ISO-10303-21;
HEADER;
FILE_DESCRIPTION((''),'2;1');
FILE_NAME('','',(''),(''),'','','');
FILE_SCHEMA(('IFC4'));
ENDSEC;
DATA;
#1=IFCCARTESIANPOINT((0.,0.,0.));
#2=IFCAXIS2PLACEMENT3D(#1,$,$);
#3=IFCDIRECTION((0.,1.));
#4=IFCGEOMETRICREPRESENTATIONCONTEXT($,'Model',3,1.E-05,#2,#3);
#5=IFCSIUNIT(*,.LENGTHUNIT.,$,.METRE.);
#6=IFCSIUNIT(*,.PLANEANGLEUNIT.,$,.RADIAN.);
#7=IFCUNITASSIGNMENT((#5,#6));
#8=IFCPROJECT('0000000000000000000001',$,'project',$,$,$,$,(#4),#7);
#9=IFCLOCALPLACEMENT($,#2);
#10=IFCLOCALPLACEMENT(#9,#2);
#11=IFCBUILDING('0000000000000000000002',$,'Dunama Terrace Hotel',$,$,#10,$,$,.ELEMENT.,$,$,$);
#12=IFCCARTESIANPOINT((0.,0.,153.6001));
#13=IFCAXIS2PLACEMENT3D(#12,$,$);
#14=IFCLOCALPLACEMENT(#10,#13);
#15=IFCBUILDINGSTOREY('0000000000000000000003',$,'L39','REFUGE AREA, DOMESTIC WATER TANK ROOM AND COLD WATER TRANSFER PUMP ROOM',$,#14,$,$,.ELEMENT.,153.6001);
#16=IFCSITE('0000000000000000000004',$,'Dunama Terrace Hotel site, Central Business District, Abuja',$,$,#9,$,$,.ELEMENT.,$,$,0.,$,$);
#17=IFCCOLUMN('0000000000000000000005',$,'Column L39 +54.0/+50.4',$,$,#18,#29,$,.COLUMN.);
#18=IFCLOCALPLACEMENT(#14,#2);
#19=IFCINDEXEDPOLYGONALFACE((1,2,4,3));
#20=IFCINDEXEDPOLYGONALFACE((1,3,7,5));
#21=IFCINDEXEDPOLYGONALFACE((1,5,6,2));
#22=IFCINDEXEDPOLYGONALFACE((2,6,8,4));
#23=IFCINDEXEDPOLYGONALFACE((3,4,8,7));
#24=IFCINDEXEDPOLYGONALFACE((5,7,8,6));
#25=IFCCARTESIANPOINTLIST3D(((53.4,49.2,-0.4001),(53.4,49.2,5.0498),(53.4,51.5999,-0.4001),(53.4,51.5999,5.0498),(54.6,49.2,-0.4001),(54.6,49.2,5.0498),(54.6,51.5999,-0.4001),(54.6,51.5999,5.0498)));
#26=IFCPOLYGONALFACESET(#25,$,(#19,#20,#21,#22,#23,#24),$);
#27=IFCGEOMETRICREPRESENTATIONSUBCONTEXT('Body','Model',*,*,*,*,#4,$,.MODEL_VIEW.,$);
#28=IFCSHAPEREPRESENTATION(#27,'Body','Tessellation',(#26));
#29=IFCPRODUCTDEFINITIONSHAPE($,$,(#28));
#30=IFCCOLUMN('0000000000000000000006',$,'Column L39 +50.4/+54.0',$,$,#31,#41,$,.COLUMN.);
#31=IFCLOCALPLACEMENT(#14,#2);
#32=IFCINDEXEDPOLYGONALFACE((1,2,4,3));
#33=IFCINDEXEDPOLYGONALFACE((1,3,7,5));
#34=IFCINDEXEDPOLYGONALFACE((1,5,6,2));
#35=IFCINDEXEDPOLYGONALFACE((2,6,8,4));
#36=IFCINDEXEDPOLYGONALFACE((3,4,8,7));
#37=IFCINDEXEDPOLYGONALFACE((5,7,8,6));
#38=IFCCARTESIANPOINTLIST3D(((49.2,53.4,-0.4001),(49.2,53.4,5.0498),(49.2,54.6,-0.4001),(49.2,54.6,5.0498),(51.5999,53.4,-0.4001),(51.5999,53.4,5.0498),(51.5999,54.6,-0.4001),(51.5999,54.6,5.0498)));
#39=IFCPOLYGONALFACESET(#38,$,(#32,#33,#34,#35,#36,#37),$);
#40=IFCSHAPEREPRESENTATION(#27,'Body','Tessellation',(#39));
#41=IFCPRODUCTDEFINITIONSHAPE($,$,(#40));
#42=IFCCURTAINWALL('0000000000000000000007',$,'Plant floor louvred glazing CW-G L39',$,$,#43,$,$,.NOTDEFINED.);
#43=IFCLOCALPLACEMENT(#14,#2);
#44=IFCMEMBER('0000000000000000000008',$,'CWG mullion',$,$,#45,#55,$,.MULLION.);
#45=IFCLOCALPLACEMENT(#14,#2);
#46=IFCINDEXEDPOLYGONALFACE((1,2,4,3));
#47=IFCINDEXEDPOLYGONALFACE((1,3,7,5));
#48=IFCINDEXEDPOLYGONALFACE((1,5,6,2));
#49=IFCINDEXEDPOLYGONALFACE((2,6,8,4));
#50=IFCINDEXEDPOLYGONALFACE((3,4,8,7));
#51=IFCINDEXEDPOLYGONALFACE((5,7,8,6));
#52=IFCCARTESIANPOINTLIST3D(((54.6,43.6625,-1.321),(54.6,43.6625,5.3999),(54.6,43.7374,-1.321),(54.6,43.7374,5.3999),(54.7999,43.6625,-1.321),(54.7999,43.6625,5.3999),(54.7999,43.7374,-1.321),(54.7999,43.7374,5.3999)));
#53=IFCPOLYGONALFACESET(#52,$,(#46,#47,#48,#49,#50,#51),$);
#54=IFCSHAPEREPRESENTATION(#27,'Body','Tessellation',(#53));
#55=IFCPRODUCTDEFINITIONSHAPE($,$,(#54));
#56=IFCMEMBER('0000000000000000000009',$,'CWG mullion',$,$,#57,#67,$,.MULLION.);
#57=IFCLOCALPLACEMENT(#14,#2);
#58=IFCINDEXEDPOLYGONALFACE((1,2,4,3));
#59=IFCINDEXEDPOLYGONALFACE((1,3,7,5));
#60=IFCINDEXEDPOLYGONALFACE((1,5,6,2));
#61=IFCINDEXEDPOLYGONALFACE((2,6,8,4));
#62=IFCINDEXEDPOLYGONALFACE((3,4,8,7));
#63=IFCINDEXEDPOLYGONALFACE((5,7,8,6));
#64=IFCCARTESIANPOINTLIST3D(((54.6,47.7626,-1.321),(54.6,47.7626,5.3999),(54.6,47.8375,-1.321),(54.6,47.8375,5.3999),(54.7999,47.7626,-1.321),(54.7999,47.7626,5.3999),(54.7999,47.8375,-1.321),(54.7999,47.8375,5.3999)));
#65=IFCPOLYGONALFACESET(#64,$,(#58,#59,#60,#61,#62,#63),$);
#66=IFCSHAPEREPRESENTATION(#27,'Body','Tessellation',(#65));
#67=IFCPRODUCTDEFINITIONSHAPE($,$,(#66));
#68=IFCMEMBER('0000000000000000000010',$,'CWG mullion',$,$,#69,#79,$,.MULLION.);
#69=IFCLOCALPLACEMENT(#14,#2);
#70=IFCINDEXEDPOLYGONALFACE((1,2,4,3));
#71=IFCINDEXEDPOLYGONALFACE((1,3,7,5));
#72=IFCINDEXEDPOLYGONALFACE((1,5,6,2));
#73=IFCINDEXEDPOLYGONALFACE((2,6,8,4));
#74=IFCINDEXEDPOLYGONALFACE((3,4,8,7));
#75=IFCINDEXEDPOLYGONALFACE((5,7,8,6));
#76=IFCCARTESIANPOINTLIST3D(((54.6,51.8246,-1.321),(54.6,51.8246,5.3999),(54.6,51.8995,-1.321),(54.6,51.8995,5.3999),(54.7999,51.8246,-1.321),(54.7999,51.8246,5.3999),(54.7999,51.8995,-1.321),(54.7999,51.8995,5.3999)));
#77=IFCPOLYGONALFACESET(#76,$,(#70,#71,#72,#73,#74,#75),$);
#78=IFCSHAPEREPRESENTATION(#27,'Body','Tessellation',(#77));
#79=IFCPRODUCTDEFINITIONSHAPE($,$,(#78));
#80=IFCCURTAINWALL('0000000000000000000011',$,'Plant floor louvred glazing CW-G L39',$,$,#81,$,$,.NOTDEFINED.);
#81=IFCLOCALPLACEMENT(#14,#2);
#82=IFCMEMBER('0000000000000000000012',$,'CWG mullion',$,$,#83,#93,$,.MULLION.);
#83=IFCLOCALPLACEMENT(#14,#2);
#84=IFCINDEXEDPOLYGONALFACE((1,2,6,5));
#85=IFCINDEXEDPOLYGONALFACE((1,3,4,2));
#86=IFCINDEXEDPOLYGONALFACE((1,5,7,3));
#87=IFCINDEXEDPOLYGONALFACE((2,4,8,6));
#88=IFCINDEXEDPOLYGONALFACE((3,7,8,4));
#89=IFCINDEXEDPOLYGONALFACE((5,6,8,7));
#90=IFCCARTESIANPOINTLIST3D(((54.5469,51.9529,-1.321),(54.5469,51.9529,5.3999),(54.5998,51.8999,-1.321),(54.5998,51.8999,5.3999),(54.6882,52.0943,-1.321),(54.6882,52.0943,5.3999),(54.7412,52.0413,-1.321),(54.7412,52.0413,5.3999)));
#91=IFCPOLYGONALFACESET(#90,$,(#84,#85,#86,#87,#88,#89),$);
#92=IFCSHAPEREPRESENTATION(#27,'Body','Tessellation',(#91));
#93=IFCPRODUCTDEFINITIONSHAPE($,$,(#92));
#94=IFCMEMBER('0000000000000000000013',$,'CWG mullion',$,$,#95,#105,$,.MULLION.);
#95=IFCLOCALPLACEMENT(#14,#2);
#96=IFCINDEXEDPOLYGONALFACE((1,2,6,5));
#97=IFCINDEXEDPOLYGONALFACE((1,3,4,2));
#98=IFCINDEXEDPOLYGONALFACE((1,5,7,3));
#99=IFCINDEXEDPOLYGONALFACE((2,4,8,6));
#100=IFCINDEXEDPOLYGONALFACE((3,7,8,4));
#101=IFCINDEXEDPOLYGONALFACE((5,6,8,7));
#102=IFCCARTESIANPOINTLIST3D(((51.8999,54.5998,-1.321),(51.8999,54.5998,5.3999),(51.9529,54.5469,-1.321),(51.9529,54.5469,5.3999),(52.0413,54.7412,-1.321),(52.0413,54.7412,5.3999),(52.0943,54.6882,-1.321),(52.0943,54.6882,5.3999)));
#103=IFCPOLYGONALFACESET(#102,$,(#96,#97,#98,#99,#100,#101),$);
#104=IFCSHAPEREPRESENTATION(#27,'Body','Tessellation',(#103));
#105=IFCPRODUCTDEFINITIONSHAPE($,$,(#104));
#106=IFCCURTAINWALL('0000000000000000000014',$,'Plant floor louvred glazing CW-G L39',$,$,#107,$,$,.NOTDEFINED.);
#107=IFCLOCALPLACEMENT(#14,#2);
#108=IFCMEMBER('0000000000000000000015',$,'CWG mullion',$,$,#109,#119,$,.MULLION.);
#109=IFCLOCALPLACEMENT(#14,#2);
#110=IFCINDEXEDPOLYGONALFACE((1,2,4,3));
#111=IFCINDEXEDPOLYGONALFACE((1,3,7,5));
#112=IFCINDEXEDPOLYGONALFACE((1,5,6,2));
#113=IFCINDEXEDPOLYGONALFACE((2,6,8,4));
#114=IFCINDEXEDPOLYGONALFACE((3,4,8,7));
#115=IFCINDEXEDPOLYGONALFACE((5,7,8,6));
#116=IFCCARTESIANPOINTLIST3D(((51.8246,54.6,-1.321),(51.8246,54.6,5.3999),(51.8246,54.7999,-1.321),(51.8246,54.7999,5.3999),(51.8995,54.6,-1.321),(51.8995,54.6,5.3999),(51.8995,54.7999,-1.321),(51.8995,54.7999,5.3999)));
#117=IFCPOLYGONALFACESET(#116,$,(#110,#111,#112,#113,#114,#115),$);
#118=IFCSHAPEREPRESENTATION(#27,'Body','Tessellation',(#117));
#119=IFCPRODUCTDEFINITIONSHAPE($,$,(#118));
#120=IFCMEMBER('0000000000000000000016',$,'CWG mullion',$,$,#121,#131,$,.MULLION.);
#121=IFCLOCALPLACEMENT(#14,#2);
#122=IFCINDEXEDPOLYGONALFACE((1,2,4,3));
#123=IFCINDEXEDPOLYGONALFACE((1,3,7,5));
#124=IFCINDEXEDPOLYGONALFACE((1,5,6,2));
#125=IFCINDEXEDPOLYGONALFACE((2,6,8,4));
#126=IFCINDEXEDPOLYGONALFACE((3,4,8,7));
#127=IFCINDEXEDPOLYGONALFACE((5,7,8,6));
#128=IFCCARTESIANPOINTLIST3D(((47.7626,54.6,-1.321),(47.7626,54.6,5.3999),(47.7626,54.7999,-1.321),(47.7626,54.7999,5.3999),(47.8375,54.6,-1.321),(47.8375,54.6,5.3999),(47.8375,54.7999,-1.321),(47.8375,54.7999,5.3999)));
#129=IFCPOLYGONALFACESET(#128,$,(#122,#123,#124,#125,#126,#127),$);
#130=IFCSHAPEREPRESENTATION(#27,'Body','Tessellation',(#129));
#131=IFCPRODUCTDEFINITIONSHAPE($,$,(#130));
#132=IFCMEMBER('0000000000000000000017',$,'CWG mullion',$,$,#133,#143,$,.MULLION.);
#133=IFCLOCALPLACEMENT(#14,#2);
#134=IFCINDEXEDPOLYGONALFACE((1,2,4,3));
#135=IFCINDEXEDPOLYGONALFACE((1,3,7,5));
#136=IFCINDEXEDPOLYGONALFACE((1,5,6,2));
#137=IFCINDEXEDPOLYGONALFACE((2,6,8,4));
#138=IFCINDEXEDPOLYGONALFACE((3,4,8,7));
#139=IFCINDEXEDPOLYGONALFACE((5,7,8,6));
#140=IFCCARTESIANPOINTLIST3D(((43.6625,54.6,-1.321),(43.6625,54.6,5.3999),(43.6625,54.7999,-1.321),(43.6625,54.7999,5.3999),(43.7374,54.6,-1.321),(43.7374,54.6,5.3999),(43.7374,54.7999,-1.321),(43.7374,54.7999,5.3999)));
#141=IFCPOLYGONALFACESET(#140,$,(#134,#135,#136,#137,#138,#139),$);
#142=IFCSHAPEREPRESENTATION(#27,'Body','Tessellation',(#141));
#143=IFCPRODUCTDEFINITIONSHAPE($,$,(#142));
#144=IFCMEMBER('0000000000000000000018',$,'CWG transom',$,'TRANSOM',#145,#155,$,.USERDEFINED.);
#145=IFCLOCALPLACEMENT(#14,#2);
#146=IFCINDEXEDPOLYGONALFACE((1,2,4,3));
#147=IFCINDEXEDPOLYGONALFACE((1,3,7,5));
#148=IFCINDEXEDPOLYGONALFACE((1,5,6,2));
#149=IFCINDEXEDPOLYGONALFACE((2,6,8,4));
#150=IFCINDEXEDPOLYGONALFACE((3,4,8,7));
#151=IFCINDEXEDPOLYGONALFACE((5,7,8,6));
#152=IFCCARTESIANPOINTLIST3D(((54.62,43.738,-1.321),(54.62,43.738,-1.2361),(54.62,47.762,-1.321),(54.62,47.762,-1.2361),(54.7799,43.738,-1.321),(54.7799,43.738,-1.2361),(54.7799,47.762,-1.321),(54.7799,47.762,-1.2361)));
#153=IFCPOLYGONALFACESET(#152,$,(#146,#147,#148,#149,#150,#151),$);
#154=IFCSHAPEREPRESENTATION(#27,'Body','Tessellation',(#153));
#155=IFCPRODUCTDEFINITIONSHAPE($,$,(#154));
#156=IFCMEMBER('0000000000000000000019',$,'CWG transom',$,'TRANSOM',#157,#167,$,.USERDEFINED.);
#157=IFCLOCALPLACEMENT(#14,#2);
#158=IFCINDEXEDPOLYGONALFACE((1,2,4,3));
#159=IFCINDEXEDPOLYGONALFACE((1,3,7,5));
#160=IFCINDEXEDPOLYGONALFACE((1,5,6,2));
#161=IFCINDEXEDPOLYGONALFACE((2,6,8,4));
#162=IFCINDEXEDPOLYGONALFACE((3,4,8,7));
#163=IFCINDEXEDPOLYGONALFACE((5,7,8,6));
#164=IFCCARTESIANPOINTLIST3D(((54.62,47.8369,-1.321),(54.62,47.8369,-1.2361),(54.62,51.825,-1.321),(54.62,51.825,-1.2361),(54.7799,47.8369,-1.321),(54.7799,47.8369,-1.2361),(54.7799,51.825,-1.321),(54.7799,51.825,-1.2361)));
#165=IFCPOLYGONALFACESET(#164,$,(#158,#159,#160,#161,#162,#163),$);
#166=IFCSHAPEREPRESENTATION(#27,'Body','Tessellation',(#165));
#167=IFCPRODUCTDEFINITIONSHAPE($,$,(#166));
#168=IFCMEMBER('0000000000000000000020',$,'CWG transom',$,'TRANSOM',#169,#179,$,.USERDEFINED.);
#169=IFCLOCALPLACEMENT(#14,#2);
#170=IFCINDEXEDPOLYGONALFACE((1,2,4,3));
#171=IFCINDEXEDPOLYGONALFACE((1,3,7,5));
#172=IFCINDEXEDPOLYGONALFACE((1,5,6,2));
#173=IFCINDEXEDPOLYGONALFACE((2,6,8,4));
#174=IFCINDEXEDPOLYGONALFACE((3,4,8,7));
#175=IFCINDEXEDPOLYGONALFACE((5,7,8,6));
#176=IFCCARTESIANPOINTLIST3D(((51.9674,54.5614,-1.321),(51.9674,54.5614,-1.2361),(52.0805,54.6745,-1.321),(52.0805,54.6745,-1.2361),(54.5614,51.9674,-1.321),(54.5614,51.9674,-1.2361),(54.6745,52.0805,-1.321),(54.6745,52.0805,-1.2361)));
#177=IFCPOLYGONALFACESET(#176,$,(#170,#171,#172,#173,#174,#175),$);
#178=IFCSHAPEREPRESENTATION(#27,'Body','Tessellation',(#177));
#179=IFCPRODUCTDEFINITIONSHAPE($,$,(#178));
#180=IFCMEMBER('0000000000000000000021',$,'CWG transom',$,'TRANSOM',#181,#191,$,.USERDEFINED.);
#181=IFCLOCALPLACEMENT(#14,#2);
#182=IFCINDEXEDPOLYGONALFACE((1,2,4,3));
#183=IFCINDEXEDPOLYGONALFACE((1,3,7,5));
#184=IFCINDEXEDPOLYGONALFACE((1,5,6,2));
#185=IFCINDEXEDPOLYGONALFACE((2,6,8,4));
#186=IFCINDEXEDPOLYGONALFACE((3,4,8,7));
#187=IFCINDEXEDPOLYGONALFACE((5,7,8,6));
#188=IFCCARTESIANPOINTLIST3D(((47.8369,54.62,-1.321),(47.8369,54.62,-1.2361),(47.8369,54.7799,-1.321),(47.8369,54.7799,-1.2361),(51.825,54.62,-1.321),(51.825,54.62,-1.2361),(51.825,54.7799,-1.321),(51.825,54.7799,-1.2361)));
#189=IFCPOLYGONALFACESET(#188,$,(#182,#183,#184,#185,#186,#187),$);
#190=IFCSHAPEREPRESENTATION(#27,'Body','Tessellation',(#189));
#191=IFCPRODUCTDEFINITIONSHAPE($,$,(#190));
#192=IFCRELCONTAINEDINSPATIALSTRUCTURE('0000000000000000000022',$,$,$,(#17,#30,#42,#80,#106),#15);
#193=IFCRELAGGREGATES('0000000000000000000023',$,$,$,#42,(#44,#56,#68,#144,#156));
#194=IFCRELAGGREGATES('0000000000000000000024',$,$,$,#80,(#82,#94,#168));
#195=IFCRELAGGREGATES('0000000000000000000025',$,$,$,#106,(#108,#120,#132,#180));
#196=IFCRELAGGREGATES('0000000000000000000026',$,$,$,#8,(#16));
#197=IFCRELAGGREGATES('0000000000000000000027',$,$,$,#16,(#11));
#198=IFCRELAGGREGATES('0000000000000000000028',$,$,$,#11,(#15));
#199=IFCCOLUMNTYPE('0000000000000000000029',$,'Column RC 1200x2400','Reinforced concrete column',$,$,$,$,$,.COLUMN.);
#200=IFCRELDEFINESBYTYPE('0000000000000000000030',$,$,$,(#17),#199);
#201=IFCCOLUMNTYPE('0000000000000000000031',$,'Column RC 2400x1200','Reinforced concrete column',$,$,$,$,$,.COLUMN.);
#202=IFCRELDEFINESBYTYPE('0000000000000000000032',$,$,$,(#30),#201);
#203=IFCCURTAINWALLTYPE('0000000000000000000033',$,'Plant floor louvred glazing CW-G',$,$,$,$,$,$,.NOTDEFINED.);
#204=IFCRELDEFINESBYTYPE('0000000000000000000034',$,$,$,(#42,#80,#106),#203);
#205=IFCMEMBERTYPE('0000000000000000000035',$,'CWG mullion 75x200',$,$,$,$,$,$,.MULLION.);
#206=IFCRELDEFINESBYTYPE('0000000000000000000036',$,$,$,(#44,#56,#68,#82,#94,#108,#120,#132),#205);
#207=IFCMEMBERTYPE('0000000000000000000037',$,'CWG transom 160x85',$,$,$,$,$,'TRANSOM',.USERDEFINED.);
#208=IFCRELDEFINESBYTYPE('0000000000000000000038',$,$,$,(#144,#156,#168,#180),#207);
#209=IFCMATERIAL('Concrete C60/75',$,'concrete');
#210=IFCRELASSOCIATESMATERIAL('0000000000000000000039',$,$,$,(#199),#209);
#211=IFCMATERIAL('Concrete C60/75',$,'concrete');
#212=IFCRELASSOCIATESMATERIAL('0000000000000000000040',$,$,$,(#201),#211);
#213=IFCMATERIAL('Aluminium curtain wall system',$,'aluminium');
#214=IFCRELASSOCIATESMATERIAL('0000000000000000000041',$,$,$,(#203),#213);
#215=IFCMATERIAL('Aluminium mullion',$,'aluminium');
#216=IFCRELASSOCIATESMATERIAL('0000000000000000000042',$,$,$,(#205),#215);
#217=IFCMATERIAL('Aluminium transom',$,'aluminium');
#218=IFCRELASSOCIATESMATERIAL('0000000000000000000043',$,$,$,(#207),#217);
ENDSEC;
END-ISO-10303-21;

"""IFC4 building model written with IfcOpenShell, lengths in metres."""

from ifc_helpers import new_model, si_unit, direction, frame, origin, origin_2d, place, context, subcontext, project, spatial, rectangle, extrude, material, material_profile, profile_set, type_object, element, aggregate, save


model = new_model("IFC4")

# Units and contexts
model_context = context("Model", 3, precision=1e-05, world=origin(), true_north=direction((0.0, 1.0)))
body_context = subcontext(model_context, "Body", "Model", "MODEL_VIEW")
ifc_project = project(units=[si_unit("LENGTHUNIT", "METRE"), si_unit("PLANEANGLEUNIT", "RADIAN")], contexts=[model_context])

# Site, building, storey
site_placement = place(None, origin())
site = spatial("IfcSite", under=ifc_project, at=site_placement, Name="Dunama Terrace Hotel site, Central Business District, Abuja", CompositionType="ELEMENT", RefElevation=0.0)
building_placement = place(site_placement, origin())
building = spatial("IfcBuilding", under=site, at=building_placement, Name="Dunama Terrace Hotel", CompositionType="ELEMENT")
storey_placement = place(building_placement, frame((0.0, 0.0, 153.6001)))
storey = spatial("IfcBuildingStorey", under=building, at=storey_placement, Name="L39", Description="REFUGE AREA, DOMESTIC WATER TANK ROOM AND COLD WATER TRANSFER PUMP ROOM", CompositionType="ELEMENT", Elevation=153.6001)

# Columns
ifc_material_1 = material(Name="Concrete C60/75", Category="concrete")
ifc_material_profile_1 = material_profile(ifc_material_1, rectangle(XDim=1.2, YDim=2.3999, at=origin_2d()), Name="RC 1200x2400")
ifc_profile_set_1 = profile_set([ifc_material_profile_1], Name="Concrete C60/75")
column_type_1 = type_object("IfcColumnType", Name="Column RC 1200x2400", Description="Reinforced concrete column", PredefinedType="COLUMN", material=ifc_profile_set_1)
column_1_placement = place(storey_placement, frame((54.0, 50.3999, -0.4001), z_axis=(0.0, 0.0, 1.0), x_axis=(1.0, 0.0, 0.0)))
element("IfcColumn", 1, at=column_1_placement, inside=storey, type_object=column_type_1, Name="Column L39 +54.0/+50.4", PredefinedType="COLUMN", context=body_context, shape_type="SweptSolid", body=[
    extrude(rectangle(XDim=1.2, YDim=2.3999, at=origin_2d()), origin(), (0.0, 0.0, 1.0), 5.45),
])
ifc_material_2 = material(Name="Concrete C60/75", Category="concrete")
ifc_material_profile_2 = material_profile(ifc_material_2, rectangle(XDim=2.3999, YDim=1.2, at=origin_2d()), Name="RC 2400x1200")
ifc_profile_set_2 = profile_set([ifc_material_profile_2], Name="Concrete C60/75")
column_type_2 = type_object("IfcColumnType", Name="Column RC 2400x1200", Description="Reinforced concrete column", PredefinedType="COLUMN", material=ifc_profile_set_2)
column_2_placement = place(storey_placement, frame((50.3999, 54.0, -0.4001), z_axis=(0.0, 0.0, 1.0), x_axis=(1.0, 0.0, 0.0)))
element("IfcColumn", 2, at=column_2_placement, inside=storey, type_object=column_type_2, Name="Column L39 +50.4/+54.0", PredefinedType="COLUMN", context=body_context, shape_type="SweptSolid", body=[
    extrude(rectangle(XDim=2.3999, YDim=1.2, at=origin_2d()), origin(), (0.0, 0.0, 1.0), 5.45),
])

# Curtain walls, members
ifc_material_3 = material(Name="Aluminium curtain wall system", Category="aluminium")
curtain_wall_type = type_object("IfcCurtainWallType", Name="Plant floor louvred glazing CW-G", PredefinedType="NOTDEFINED", material=ifc_material_3)
curtain_wall_1_placement = place(storey_placement, origin())
curtain_wall_1 = element("IfcCurtainWall", 3, at=curtain_wall_1_placement, inside=storey, type_object=curtain_wall_type, Name="Plant floor louvred glazing CW-G L39", PredefinedType="NOTDEFINED")
ifc_material_4 = material(Name="Aluminium mullion", Category="aluminium")
ifc_material_profile_3 = material_profile(ifc_material_4, rectangle(XDim=0.075, YDim=0.2, at=origin_2d()), Name="CWG MULLION 75X200")
ifc_profile_set_3 = profile_set([ifc_material_profile_3], Name="Aluminium mullion")
member_type_1 = type_object("IfcMemberType", Name="CWG mullion 75x200", PredefinedType="MULLION", material=ifc_profile_set_3)
member_1_placement = place(storey_placement, frame((54.7, 43.7, -1.321), z_axis=(0.0, 0.0, 1.0), x_axis=(0.0, 1.0, 0.0)))
member_1 = element("IfcMember", 4, at=member_1_placement, type_object=member_type_1, Name="CWG mullion", PredefinedType="MULLION", context=body_context, shape_type="SweptSolid", body=[
    extrude(rectangle(XDim=0.075, YDim=0.2, at=origin_2d()), origin(), (0.0, 0.0, 1.0), 6.7209),
])
member_2_placement = place(storey_placement, frame((54.7, 47.8, -1.321), z_axis=(0.0, 0.0, 1.0), x_axis=(0.0, 1.0, 0.0)))
member_2 = element("IfcMember", 5, at=member_2_placement, type_object=member_type_1, Name="CWG mullion", PredefinedType="MULLION", context=body_context, shape_type="SweptSolid", body=[
    extrude(rectangle(XDim=0.075, YDim=0.2, at=origin_2d()), origin(), (0.0, 0.0, 1.0), 6.7209),
])
member_3_placement = place(storey_placement, frame((54.7, 51.8621, -1.321), z_axis=(0.0, 0.0, 1.0), x_axis=(0.0, 1.0, 0.0)))
member_3 = element("IfcMember", 6, at=member_3_placement, type_object=member_type_1, Name="CWG mullion", PredefinedType="MULLION", context=body_context, shape_type="SweptSolid", body=[
    extrude(rectangle(XDim=0.075, YDim=0.2, at=origin_2d()), origin(), (0.0, 0.0, 1.0), 6.7209),
])
curtain_wall_2_placement = place(storey_placement, origin())
curtain_wall_2 = element("IfcCurtainWall", 7, at=curtain_wall_2_placement, inside=storey, type_object=curtain_wall_type, Name="Plant floor louvred glazing CW-G L39", PredefinedType="NOTDEFINED")
member_4_placement = place(storey_placement, frame((54.644, 51.9971, -1.321), z_axis=(0.0, 0.0, 1.0), x_axis=(-0.707107, 0.707107, 0.0)))
member_4 = element("IfcMember", 8, at=member_4_placement, type_object=member_type_1, Name="CWG mullion", PredefinedType="MULLION", context=body_context, shape_type="SweptSolid", body=[
    extrude(rectangle(XDim=0.075, YDim=0.2, at=origin_2d()), origin(), (0.0, 0.0, 1.0), 6.7209),
])
member_5_placement = place(storey_placement, frame((51.9971, 54.644, -1.321), z_axis=(0.0, 0.0, 1.0), x_axis=(-0.707107, 0.707107, 0.0)))
member_5 = element("IfcMember", 9, at=member_5_placement, type_object=member_type_1, Name="CWG mullion", PredefinedType="MULLION", context=body_context, shape_type="SweptSolid", body=[
    extrude(rectangle(XDim=0.075, YDim=0.2, at=origin_2d()), origin(), (0.0, 0.0, 1.0), 6.7209),
])
curtain_wall_3_placement = place(storey_placement, origin())
curtain_wall_3 = element("IfcCurtainWall", 10, at=curtain_wall_3_placement, inside=storey, type_object=curtain_wall_type, Name="Plant floor louvred glazing CW-G L39", PredefinedType="NOTDEFINED")
member_6_placement = place(storey_placement, frame((51.8621, 54.7, -1.321), z_axis=(0.0, 0.0, 1.0), x_axis=(-1.0, 0.0, 0.0)))
member_6 = element("IfcMember", 11, at=member_6_placement, type_object=member_type_1, Name="CWG mullion", PredefinedType="MULLION", context=body_context, shape_type="SweptSolid", body=[
    extrude(rectangle(XDim=0.075, YDim=0.2, at=origin_2d()), origin(), (0.0, 0.0, 1.0), 6.7209),
])
member_7_placement = place(storey_placement, frame((47.8, 54.7, -1.321), z_axis=(0.0, 0.0, 1.0), x_axis=(-1.0, 0.0, 0.0)))
member_7 = element("IfcMember", 12, at=member_7_placement, type_object=member_type_1, Name="CWG mullion", PredefinedType="MULLION", context=body_context, shape_type="SweptSolid", body=[
    extrude(rectangle(XDim=0.075, YDim=0.2, at=origin_2d()), origin(), (0.0, 0.0, 1.0), 6.7209),
])
member_8_placement = place(storey_placement, frame((43.7, 54.7, -1.321), z_axis=(0.0, 0.0, 1.0), x_axis=(-1.0, 0.0, 0.0)))
member_8 = element("IfcMember", 13, at=member_8_placement, type_object=member_type_1, Name="CWG mullion", PredefinedType="MULLION", context=body_context, shape_type="SweptSolid", body=[
    extrude(rectangle(XDim=0.075, YDim=0.2, at=origin_2d()), origin(), (0.0, 0.0, 1.0), 6.7209),
])

# Members
ifc_material_5 = material(Name="Aluminium transom", Category="aluminium")
ifc_material_profile_4 = material_profile(ifc_material_5, rectangle(XDim=0.1599, YDim=0.085, at=origin_2d()), Name="CWG TRANSOM 160X85")
ifc_profile_set_4 = profile_set([ifc_material_profile_4], Name="Aluminium transom")
member_type_2 = type_object("IfcMemberType", Name="CWG transom 160x85", ElementType="TRANSOM", PredefinedType="USERDEFINED", material=ifc_profile_set_4)
member_9_placement = place(storey_placement, frame((54.7, 43.738, -1.2786), z_axis=(0.0, 1.0, 0.0), x_axis=(-1.0, 0.0, 0.0)))
member_9 = element("IfcMember", 14, at=member_9_placement, type_object=member_type_2, Name="CWG transom", ObjectType="TRANSOM", PredefinedType="USERDEFINED", context=body_context, shape_type="SweptSolid", body=[
    extrude(rectangle(XDim=0.1599, YDim=0.085, at=origin_2d()), origin(), (0.0, 0.0, 1.0), 4.0239),
])
member_10_placement = place(storey_placement, frame((54.7, 47.8369, -1.2786), z_axis=(0.0, 1.0, 0.0), x_axis=(-1.0, 0.0, 0.0)))
member_10 = element("IfcMember", 15, at=member_10_placement, type_object=member_type_2, Name="CWG transom", ObjectType="TRANSOM", PredefinedType="USERDEFINED", context=body_context, shape_type="SweptSolid", body=[
    extrude(rectangle(XDim=0.1599, YDim=0.085, at=origin_2d()), origin(), (0.0, 0.0, 1.0), 3.988),
])
member_11_placement = place(storey_placement, frame((54.6179, 52.0239, -1.2786), z_axis=(-0.707107, 0.707107, 0.0), x_axis=(-0.707107, -0.707107, 0.0)))
member_11 = element("IfcMember", 16, at=member_11_placement, type_object=member_type_2, Name="CWG transom", ObjectType="TRANSOM", PredefinedType="USERDEFINED", context=body_context, shape_type="SweptSolid", body=[
    extrude(rectangle(XDim=0.1599, YDim=0.085, at=origin_2d()), origin(), (0.0, 0.0, 1.0), 3.6685),
])
member_12_placement = place(storey_placement, frame((51.825, 54.7, -1.2786), z_axis=(-1.0, 0.0, 0.0), x_axis=(0.0, -1.0, 0.0)))
member_12 = element("IfcMember", 17, at=member_12_placement, type_object=member_type_2, Name="CWG transom", ObjectType="TRANSOM", PredefinedType="USERDEFINED", context=body_context, shape_type="SweptSolid", body=[
    extrude(rectangle(XDim=0.1599, YDim=0.085, at=origin_2d()), origin(), (0.0, 0.0, 1.0), 3.988),
])

aggregate(curtain_wall_1, [member_1, member_2, member_3, member_9, member_10])
aggregate(curtain_wall_2, [member_4, member_5, member_11])
aggregate(curtain_wall_3, [member_6, member_7, member_8, member_12])

save(model, "model.ifc")
